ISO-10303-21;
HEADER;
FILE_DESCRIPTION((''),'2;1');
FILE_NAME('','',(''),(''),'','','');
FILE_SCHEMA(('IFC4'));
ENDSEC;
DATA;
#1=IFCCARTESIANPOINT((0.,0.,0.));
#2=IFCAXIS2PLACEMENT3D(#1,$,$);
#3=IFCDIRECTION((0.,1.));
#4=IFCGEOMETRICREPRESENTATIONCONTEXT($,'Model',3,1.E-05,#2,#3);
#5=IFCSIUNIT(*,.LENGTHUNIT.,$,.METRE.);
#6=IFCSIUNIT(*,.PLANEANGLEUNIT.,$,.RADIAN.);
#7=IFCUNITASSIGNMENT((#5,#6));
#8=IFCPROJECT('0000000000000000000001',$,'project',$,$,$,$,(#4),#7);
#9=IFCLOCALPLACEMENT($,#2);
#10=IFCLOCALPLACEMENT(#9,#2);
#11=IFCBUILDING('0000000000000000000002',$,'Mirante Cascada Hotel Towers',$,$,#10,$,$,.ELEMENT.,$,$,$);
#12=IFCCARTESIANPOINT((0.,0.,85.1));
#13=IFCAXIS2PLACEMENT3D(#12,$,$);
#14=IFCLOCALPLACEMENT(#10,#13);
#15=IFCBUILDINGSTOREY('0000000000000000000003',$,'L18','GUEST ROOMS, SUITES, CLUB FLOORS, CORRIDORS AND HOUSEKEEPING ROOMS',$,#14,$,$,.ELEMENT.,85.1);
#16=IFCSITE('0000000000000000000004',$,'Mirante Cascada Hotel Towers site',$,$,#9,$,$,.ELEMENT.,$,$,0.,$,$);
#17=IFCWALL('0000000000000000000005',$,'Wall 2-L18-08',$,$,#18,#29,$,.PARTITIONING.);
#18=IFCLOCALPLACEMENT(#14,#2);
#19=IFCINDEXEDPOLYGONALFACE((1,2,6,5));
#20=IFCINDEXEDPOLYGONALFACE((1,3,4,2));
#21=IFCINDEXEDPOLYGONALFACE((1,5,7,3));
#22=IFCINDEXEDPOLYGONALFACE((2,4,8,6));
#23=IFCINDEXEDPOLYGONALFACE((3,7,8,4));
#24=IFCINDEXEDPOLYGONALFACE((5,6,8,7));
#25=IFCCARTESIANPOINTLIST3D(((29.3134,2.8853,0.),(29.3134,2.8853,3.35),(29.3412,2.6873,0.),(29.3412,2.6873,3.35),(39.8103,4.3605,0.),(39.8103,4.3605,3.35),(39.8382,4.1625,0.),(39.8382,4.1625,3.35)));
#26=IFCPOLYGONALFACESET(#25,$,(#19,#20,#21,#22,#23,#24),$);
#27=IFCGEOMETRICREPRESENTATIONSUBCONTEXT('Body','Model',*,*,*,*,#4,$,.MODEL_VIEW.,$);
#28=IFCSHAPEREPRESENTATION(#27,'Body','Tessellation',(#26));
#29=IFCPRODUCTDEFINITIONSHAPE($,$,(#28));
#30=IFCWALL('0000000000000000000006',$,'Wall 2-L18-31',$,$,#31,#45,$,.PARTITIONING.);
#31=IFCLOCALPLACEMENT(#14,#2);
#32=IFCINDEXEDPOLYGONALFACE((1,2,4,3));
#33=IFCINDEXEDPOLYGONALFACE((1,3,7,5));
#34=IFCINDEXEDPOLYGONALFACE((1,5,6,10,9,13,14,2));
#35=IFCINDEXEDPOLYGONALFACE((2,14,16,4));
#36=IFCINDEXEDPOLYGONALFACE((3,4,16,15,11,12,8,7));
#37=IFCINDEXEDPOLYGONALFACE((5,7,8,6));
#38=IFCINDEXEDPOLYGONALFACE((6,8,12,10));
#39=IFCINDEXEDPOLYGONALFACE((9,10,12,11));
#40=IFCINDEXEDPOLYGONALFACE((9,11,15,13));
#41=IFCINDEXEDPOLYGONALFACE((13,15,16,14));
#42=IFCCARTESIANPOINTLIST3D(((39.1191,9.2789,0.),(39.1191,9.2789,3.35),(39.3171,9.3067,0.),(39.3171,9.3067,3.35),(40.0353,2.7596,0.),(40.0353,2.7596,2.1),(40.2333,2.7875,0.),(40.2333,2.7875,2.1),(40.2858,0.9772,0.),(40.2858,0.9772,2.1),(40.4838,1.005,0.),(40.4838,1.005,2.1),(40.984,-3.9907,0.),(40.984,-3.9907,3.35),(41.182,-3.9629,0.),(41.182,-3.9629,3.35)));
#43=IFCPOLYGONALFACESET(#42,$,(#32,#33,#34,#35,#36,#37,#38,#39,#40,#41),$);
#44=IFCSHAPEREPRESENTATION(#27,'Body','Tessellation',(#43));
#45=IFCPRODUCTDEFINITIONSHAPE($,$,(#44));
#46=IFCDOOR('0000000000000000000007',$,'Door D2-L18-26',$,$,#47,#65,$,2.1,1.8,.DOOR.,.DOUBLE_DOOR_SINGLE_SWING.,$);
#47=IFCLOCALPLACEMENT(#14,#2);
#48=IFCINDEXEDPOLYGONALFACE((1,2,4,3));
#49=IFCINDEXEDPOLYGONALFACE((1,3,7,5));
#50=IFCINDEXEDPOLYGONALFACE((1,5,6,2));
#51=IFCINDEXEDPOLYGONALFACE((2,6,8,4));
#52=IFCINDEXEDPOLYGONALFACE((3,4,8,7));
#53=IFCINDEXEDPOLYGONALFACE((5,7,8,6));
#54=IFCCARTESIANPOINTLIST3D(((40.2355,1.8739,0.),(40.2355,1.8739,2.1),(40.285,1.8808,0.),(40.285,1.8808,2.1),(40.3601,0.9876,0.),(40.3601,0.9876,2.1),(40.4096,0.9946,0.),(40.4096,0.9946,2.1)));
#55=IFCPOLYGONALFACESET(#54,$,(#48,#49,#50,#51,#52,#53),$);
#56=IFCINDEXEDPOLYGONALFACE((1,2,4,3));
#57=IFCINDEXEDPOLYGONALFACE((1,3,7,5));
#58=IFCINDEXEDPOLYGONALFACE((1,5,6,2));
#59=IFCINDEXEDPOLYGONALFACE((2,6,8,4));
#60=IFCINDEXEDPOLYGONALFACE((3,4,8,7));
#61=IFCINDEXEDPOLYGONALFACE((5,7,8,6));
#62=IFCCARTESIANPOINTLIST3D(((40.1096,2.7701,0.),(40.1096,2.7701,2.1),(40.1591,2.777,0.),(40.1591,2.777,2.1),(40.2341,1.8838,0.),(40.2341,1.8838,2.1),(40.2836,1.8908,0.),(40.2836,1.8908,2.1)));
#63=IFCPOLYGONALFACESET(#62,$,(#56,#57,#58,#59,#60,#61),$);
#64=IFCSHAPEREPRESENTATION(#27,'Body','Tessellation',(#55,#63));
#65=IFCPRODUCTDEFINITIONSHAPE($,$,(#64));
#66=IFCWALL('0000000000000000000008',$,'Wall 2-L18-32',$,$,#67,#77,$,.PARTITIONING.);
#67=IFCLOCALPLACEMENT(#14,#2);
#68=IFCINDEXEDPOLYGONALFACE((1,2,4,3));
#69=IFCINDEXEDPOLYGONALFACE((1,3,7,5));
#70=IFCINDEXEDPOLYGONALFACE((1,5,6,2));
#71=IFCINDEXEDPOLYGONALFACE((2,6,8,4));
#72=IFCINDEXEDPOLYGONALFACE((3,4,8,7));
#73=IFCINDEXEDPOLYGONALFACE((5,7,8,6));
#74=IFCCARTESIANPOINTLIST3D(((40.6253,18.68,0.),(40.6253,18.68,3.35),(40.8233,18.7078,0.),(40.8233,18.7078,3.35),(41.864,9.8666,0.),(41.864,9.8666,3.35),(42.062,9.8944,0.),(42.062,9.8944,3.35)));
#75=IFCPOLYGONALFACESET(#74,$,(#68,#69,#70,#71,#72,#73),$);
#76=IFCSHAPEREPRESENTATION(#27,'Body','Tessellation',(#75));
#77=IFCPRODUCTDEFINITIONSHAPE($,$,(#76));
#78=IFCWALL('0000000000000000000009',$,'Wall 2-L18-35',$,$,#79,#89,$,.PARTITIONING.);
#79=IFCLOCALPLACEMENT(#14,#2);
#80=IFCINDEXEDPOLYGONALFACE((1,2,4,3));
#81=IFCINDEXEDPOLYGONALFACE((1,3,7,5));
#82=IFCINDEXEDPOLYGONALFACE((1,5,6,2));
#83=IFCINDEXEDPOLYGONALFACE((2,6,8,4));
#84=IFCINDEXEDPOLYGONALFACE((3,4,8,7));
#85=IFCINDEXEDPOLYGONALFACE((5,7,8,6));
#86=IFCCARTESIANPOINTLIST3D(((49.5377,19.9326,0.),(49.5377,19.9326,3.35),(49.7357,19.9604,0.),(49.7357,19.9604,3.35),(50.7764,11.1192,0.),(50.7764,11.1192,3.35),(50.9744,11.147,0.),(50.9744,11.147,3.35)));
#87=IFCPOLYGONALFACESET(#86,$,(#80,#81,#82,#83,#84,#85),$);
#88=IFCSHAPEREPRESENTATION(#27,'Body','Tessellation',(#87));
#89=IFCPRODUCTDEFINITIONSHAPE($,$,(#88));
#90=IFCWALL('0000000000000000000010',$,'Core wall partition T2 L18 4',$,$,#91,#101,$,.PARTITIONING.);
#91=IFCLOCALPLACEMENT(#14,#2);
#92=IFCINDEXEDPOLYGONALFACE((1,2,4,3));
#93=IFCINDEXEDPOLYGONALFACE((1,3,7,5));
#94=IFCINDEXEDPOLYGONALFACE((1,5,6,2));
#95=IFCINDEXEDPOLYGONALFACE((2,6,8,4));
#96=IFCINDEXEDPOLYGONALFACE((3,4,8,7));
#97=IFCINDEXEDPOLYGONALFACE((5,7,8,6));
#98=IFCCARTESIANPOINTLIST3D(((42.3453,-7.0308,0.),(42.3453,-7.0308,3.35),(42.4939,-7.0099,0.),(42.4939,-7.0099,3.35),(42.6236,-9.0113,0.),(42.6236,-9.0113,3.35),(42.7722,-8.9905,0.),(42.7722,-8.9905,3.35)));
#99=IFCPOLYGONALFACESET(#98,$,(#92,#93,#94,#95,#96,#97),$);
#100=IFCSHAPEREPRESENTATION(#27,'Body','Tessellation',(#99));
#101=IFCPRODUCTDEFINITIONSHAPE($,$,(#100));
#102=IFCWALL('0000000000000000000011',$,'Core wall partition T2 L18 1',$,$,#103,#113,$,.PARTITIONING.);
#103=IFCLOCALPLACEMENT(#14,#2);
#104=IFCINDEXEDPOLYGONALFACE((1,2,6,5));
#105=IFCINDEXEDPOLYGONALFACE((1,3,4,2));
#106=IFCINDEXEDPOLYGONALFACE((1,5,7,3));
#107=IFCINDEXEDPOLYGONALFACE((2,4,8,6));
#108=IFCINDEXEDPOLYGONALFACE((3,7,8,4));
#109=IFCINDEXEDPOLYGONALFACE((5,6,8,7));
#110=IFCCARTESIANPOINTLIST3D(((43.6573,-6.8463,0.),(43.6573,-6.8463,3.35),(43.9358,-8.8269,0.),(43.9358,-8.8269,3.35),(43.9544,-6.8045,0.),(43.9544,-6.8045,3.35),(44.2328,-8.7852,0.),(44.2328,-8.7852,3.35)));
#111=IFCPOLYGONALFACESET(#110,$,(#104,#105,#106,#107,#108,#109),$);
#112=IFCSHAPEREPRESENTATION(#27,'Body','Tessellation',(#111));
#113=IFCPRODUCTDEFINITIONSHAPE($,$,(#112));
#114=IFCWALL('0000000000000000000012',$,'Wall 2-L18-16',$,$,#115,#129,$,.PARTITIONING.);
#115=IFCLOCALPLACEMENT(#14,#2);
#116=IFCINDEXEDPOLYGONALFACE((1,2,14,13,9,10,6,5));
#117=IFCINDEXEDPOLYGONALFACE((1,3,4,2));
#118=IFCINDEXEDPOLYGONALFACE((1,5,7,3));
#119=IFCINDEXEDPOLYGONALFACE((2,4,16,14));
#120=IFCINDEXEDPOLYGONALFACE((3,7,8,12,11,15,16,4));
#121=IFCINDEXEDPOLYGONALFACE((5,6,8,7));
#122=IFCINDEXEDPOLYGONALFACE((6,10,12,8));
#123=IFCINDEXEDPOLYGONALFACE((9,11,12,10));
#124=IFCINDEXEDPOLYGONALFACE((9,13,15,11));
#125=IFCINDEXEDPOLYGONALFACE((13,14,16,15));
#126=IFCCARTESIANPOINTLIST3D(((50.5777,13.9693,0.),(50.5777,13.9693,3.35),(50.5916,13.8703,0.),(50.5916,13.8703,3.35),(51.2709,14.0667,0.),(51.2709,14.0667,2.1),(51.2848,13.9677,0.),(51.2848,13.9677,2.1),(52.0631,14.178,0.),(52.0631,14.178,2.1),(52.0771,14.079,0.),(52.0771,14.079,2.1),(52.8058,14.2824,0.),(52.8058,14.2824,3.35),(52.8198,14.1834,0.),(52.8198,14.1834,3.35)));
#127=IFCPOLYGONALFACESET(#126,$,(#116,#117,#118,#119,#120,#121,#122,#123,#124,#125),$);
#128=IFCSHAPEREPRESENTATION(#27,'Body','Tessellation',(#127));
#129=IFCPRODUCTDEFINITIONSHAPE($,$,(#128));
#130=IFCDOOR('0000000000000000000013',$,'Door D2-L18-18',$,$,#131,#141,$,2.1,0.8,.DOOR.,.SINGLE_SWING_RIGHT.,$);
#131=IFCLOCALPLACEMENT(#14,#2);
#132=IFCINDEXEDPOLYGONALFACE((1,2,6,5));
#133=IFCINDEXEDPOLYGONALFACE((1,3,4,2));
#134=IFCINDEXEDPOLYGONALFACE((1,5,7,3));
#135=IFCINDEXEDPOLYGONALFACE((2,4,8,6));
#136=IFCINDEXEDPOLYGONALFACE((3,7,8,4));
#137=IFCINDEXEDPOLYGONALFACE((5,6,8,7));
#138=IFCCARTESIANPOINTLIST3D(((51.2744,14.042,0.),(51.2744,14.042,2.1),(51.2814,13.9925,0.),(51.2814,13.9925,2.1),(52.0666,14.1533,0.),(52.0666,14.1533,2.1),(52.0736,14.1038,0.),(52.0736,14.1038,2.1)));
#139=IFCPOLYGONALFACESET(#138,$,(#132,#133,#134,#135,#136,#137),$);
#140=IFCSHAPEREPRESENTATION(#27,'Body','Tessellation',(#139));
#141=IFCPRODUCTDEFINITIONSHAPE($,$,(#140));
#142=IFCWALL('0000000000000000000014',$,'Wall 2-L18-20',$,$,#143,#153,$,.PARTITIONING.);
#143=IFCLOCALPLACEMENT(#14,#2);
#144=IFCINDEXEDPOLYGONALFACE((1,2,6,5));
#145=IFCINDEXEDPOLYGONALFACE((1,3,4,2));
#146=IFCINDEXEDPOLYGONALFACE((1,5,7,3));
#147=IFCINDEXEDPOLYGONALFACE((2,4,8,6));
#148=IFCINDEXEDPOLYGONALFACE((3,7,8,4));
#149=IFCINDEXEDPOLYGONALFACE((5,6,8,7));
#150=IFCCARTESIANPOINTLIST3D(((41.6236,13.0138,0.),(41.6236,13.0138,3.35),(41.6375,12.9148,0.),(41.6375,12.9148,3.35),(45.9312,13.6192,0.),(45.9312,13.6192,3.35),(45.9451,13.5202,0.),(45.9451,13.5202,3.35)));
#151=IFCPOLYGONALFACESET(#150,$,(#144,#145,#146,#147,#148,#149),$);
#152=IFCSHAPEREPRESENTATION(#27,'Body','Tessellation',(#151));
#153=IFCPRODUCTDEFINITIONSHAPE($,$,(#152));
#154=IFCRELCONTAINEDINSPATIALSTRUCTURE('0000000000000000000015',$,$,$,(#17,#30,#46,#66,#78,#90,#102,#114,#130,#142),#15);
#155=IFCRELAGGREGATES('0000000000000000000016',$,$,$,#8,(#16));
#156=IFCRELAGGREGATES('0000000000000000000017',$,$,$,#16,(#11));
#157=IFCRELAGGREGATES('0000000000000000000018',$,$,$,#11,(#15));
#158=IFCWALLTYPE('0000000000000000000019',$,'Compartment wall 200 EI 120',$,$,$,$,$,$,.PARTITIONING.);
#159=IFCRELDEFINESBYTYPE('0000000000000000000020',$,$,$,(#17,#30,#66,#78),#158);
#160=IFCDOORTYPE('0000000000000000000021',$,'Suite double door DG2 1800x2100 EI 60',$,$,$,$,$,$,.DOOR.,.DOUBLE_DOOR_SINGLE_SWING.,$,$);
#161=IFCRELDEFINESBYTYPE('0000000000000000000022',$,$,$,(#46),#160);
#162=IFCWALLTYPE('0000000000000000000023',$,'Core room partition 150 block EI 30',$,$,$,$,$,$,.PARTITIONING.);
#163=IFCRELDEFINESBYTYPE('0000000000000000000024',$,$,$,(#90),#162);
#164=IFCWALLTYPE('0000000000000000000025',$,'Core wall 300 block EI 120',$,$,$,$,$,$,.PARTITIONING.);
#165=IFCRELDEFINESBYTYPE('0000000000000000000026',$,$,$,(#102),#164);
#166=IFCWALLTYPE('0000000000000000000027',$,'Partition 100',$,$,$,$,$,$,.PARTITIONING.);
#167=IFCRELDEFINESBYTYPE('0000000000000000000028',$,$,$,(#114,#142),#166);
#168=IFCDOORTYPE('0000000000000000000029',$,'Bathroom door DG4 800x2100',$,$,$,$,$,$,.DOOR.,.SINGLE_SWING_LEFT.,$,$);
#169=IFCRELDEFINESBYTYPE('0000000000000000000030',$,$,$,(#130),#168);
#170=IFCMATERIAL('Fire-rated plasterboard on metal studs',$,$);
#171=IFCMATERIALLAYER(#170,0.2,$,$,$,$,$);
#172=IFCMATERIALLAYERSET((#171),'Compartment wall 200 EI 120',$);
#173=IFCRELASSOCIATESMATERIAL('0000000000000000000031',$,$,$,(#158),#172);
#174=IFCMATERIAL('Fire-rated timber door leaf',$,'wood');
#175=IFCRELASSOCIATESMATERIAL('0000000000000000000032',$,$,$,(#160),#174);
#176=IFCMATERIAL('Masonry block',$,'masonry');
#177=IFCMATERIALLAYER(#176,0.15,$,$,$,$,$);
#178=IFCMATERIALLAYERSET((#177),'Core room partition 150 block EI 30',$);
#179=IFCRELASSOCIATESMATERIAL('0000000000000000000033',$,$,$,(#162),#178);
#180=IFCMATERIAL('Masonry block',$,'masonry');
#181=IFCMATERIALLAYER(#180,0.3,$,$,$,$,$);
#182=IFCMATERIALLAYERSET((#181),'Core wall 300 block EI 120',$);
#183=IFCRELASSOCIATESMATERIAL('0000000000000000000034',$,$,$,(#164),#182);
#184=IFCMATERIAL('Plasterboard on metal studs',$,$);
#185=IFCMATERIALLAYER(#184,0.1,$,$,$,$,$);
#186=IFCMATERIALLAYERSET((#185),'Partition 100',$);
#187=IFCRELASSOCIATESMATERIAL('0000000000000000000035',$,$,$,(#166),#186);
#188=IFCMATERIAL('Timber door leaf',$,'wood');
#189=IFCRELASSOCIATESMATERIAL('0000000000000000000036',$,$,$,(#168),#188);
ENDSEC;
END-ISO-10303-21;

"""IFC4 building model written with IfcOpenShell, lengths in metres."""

from ifc_helpers import new_model, si_unit, direction, frame, frame_2d, origin, place, context, subcontext, project, spatial, rectangle, extrude, material, layer, layer_set, type_object, element, fill, save


model = new_model("IFC4")

# Units and contexts
model_context = context("Model", 3, precision=1e-05, world=origin(), true_north=direction((0.0, 1.0)))
body_context = subcontext(model_context, "Body", "Model", "MODEL_VIEW")
ifc_project = project(units=[si_unit("LENGTHUNIT", "METRE"), si_unit("PLANEANGLEUNIT", "RADIAN")], contexts=[model_context])

# Site, building, storey
site_placement = place(None, origin())
site = spatial("IfcSite", under=ifc_project, at=site_placement, Name="Mirante Cascada Hotel Towers site", CompositionType="ELEMENT", RefElevation=0.0)
building_placement = place(site_placement, origin())
building = spatial("IfcBuilding", under=site, at=building_placement, Name="Mirante Cascada Hotel Towers", CompositionType="ELEMENT")
storey_placement = place(building_placement, frame((0.0, 0.0, 85.1)))
storey = spatial("IfcBuildingStorey", under=building, at=storey_placement, Name="L18", Description="GUEST ROOMS, SUITES, CLUB FLOORS, CORRIDORS AND HOUSEKEEPING ROOMS", CompositionType="ELEMENT", Elevation=85.1)

# Wall
ifc_material_1 = material(Name="Fire-rated plasterboard on metal studs")
ifc_layer_1 = layer(ifc_material_1, 0.2)
ifc_layer_set_1 = layer_set([ifc_layer_1], Name="Compartment wall 200 EI 120")
wall_type_1 = type_object("IfcWallType", Name="Compartment wall 200 EI 120", PredefinedType="PARTITIONING", material=ifc_layer_set_1)
wall_1_placement = place(storey_placement, frame((39.8242, 4.2615, 0.0), z_axis=(0.0, 0.0, 1.0), x_axis=(-0.990269, -0.139169, 0.0)))
element("IfcWall", 1, at=wall_1_placement, inside=storey, type_object=wall_type_1, Name="Wall 2-L18-08", PredefinedType="PARTITIONING", context=body_context, shape_type="SweptSolid", body=[
    extrude(rectangle(XDim=10.6001, YDim=0.2, at=frame_2d((5.3, 0.0))), origin(), (0.0, 0.0, 1.0), 3.35),
])

# Wall, opening, door
wall_2_placement = place(storey_placement, frame((41.083, -3.9768, 0.0), z_axis=(0.0, 0.0, 1.0), x_axis=(-0.139172, 0.990268, 0.0)))
wall_2 = element("IfcWall", 2, at=wall_2_placement, inside=storey, type_object=wall_type_1, Name="Wall 2-L18-31", PredefinedType="PARTITIONING", context=body_context, shape_type="SweptSolid", body=[
    extrude(rectangle(XDim=13.4, YDim=0.2, at=frame_2d((6.7, 0.0))), origin(), (0.0, 0.0, 1.0), 3.35),
])
opening_1_placement = place(wall_2_placement, frame((5.0167, 0.0, 0.0)))
opening_1 = element("IfcOpeningElement", 3, at=opening_1_placement, cuts=wall_2, PredefinedType="OPENING", context=body_context, shape_type="SweptSolid", body=[
    extrude(rectangle(XDim=1.8, YDim=2.1, at=frame_2d((0.9, 1.05))), frame((0.0, 0.1, 0.0), z_axis=(0.0, -1.0, 0.0), x_axis=(1.0, 0.0, 0.0)), (0.0, 0.0, 1.0), 0.2),
])
ifc_material_2 = material(Name="Fire-rated timber door leaf", Category="wood")
door_type_1 = type_object("IfcDoorType", Name="Suite double door DG2 1800x2100 EI 60", OperationType="DOUBLE_DOOR_SINGLE_SWING", PredefinedType="DOOR", material=ifc_material_2)
door_1_placement = place(opening_1_placement, origin())
door_1 = element("IfcDoor", 4, at=door_1_placement, inside=storey, type_object=door_type_1, Name="Door D2-L18-26", OperationType="DOUBLE_DOOR_SINGLE_SWING", OverallHeight=2.1, OverallWidth=1.8, PredefinedType="DOOR", context=body_context, shape_type="SweptSolid", body=[
    extrude(rectangle(XDim=0.895, YDim=2.1, at=frame_2d((0.4475, 1.05))), frame((0.0, 0.025, 0.0), z_axis=(0.0, -1.0, 0.0), x_axis=(1.0, 0.0, 0.0)), (0.0, 0.0, 1.0), 0.05),
    extrude(rectangle(XDim=0.895, YDim=2.1, at=frame_2d((1.3525, 1.05))), frame((0.0, 0.025, 0.0), z_axis=(0.0, -1.0, 0.0), x_axis=(1.0, 0.0, 0.0)), (0.0, 0.0, 1.0), 0.05),
])
fill(opening_1, door_1)

# Walls
for number, where, z_axis, x_axis, name in (
    (5, (40.7243, 18.6939, 0.0), (0.0, 0.0, 1.0), (0.139179, -0.990267, 0.0), "Wall 2-L18-32"),
    (6, (50.8754, 11.1331, 0.0), (0.0, 0.0, 1.0), (-0.139179, 0.990267, 0.0), "Wall 2-L18-35"),
):
    element("IfcWall", number, at=place(storey_placement, frame(where, z_axis=z_axis, x_axis=x_axis)), inside=storey, type_object=wall_type_1, Name=name, PredefinedType="PARTITIONING", context=body_context, shape_type="SweptSolid", body=[
        extrude(rectangle(XDim=8.9, YDim=0.2, at=frame_2d((4.45, 0.0))), origin(), (0.0, 0.0, 1.0), 3.35),
    ])
ifc_material_3 = material(Name="Masonry block", Category="masonry")
ifc_layer_2 = layer(ifc_material_3, 0.15)
ifc_layer_set_2 = layer_set([ifc_layer_2], Name="Core room partition 150 block EI 30")
wall_type_2 = type_object("IfcWallType", Name="Core room partition 150 block EI 30", PredefinedType="PARTITIONING", material=ifc_layer_set_2)
wall_3_placement = place(storey_placement, frame((42.6979, -9.0009, 0.0), z_axis=(0.0, 0.0, 1.0), x_axis=(-0.139153, 0.990271, 0.0)))
element("IfcWall", 7, at=wall_3_placement, inside=storey, type_object=wall_type_2, Name="Core wall partition T2 L18 4", PredefinedType="PARTITIONING", context=body_context, shape_type="SweptSolid", body=[
    extrude(rectangle(XDim=2.0, YDim=0.15, at=frame_2d((1.0, 0.0))), origin(), (0.0, 0.0, 1.0), 3.35),
])
ifc_material_4 = material(Name="Masonry block", Category="masonry")
ifc_layer_3 = layer(ifc_material_4, 0.3)
ifc_layer_set_3 = layer_set([ifc_layer_3], Name="Core wall 300 block EI 120")
wall_type_3 = type_object("IfcWallType", Name="Core wall 300 block EI 120", PredefinedType="PARTITIONING", material=ifc_layer_set_3)
wall_4_placement = place(storey_placement, frame((44.0843, -8.8061, 0.0), z_axis=(0.0, 0.0, 1.0), x_axis=(-0.139195, 0.990265, 0.0)))
element("IfcWall", 8, at=wall_4_placement, inside=storey, type_object=wall_type_3, Name="Core wall partition T2 L18 1", PredefinedType="PARTITIONING", context=body_context, shape_type="SweptSolid", body=[
    extrude(rectangle(XDim=2.0001, YDim=0.3, at=frame_2d((1.0001, 0.0))), origin(), (0.0, 0.0, 1.0), 3.35),
])

# Wall, opening, door
ifc_material_5 = material(Name="Plasterboard on metal studs")
ifc_layer_4 = layer(ifc_material_5, 0.1)
ifc_layer_set_4 = layer_set([ifc_layer_4], Name="Partition 100")
wall_type_4 = type_object("IfcWallType", Name="Partition 100", PredefinedType="PARTITIONING", material=ifc_layer_set_4)
wall_5_placement = place(storey_placement, frame((52.8128, 14.2329, 0.0), z_axis=(0.0, 0.0, 1.0), x_axis=(-0.990271, -0.139156, 0.0)))
wall_5 = element("IfcWall", 9, at=wall_5_placement, inside=storey, type_object=wall_type_4, Name="Wall 2-L18-16", PredefinedType="PARTITIONING", context=body_context, shape_type="SweptSolid", body=[
    extrude(rectangle(XDim=2.25, YDim=0.1, at=frame_2d((1.125, 0.0))), origin(), (0.0, 0.0, 1.0), 3.35),
])
opening_2_placement = place(wall_5_placement, frame((0.75, 0.0, 0.0)))
opening_2 = element("IfcOpeningElement", 10, at=opening_2_placement, cuts=wall_5, PredefinedType="OPENING", context=body_context, shape_type="SweptSolid", body=[
    extrude(rectangle(XDim=0.8, YDim=2.1, at=frame_2d((0.4, 1.05))), frame((0.0, 0.05, 0.0), z_axis=(0.0, -1.0, 0.0), x_axis=(1.0, 0.0, 0.0)), (0.0, 0.0, 1.0), 0.1),
])
ifc_material_6 = material(Name="Timber door leaf", Category="wood")
door_type_2 = type_object("IfcDoorType", Name="Bathroom door DG4 800x2100", OperationType="SINGLE_SWING_LEFT", PredefinedType="DOOR", material=ifc_material_6)
door_2_placement = place(opening_2_placement, frame((0.8, 0.0, 0.0), z_axis=(0.0, 0.0, 1.0), x_axis=(-1.0, 0.0, 0.0)))
door_2 = element("IfcDoor", 11, at=door_2_placement, inside=storey, type_object=door_type_2, Name="Door D2-L18-18", OperationType="SINGLE_SWING_RIGHT", OverallHeight=2.1, OverallWidth=0.8, PredefinedType="DOOR", context=body_context, shape_type="SweptSolid", body=[
    extrude(rectangle(XDim=0.8, YDim=2.1, at=frame_2d((0.4, 1.05))), frame((0.0, 0.025, 0.0), z_axis=(0.0, -1.0, 0.0), x_axis=(1.0, 0.0, 0.0)), (0.0, 0.0, 1.0), 0.05),
])
fill(opening_2, door_2)

# Wall
wall_6_placement = place(storey_placement, frame((45.9382, 13.5697, 0.0), z_axis=(0.0, 0.0, 1.0), x_axis=(-0.990268, -0.139175, 0.0)))
element("IfcWall", 12, at=wall_6_placement, inside=storey, type_object=wall_type_4, Name="Wall 2-L18-20", PredefinedType="PARTITIONING", context=body_context, shape_type="SweptSolid", body=[
    extrude(rectangle(XDim=4.3499, YDim=0.1, at=frame_2d((2.175, 0.0))), origin(), (0.0, 0.0, 1.0), 3.35),
])

save(model, "model.ifc")
